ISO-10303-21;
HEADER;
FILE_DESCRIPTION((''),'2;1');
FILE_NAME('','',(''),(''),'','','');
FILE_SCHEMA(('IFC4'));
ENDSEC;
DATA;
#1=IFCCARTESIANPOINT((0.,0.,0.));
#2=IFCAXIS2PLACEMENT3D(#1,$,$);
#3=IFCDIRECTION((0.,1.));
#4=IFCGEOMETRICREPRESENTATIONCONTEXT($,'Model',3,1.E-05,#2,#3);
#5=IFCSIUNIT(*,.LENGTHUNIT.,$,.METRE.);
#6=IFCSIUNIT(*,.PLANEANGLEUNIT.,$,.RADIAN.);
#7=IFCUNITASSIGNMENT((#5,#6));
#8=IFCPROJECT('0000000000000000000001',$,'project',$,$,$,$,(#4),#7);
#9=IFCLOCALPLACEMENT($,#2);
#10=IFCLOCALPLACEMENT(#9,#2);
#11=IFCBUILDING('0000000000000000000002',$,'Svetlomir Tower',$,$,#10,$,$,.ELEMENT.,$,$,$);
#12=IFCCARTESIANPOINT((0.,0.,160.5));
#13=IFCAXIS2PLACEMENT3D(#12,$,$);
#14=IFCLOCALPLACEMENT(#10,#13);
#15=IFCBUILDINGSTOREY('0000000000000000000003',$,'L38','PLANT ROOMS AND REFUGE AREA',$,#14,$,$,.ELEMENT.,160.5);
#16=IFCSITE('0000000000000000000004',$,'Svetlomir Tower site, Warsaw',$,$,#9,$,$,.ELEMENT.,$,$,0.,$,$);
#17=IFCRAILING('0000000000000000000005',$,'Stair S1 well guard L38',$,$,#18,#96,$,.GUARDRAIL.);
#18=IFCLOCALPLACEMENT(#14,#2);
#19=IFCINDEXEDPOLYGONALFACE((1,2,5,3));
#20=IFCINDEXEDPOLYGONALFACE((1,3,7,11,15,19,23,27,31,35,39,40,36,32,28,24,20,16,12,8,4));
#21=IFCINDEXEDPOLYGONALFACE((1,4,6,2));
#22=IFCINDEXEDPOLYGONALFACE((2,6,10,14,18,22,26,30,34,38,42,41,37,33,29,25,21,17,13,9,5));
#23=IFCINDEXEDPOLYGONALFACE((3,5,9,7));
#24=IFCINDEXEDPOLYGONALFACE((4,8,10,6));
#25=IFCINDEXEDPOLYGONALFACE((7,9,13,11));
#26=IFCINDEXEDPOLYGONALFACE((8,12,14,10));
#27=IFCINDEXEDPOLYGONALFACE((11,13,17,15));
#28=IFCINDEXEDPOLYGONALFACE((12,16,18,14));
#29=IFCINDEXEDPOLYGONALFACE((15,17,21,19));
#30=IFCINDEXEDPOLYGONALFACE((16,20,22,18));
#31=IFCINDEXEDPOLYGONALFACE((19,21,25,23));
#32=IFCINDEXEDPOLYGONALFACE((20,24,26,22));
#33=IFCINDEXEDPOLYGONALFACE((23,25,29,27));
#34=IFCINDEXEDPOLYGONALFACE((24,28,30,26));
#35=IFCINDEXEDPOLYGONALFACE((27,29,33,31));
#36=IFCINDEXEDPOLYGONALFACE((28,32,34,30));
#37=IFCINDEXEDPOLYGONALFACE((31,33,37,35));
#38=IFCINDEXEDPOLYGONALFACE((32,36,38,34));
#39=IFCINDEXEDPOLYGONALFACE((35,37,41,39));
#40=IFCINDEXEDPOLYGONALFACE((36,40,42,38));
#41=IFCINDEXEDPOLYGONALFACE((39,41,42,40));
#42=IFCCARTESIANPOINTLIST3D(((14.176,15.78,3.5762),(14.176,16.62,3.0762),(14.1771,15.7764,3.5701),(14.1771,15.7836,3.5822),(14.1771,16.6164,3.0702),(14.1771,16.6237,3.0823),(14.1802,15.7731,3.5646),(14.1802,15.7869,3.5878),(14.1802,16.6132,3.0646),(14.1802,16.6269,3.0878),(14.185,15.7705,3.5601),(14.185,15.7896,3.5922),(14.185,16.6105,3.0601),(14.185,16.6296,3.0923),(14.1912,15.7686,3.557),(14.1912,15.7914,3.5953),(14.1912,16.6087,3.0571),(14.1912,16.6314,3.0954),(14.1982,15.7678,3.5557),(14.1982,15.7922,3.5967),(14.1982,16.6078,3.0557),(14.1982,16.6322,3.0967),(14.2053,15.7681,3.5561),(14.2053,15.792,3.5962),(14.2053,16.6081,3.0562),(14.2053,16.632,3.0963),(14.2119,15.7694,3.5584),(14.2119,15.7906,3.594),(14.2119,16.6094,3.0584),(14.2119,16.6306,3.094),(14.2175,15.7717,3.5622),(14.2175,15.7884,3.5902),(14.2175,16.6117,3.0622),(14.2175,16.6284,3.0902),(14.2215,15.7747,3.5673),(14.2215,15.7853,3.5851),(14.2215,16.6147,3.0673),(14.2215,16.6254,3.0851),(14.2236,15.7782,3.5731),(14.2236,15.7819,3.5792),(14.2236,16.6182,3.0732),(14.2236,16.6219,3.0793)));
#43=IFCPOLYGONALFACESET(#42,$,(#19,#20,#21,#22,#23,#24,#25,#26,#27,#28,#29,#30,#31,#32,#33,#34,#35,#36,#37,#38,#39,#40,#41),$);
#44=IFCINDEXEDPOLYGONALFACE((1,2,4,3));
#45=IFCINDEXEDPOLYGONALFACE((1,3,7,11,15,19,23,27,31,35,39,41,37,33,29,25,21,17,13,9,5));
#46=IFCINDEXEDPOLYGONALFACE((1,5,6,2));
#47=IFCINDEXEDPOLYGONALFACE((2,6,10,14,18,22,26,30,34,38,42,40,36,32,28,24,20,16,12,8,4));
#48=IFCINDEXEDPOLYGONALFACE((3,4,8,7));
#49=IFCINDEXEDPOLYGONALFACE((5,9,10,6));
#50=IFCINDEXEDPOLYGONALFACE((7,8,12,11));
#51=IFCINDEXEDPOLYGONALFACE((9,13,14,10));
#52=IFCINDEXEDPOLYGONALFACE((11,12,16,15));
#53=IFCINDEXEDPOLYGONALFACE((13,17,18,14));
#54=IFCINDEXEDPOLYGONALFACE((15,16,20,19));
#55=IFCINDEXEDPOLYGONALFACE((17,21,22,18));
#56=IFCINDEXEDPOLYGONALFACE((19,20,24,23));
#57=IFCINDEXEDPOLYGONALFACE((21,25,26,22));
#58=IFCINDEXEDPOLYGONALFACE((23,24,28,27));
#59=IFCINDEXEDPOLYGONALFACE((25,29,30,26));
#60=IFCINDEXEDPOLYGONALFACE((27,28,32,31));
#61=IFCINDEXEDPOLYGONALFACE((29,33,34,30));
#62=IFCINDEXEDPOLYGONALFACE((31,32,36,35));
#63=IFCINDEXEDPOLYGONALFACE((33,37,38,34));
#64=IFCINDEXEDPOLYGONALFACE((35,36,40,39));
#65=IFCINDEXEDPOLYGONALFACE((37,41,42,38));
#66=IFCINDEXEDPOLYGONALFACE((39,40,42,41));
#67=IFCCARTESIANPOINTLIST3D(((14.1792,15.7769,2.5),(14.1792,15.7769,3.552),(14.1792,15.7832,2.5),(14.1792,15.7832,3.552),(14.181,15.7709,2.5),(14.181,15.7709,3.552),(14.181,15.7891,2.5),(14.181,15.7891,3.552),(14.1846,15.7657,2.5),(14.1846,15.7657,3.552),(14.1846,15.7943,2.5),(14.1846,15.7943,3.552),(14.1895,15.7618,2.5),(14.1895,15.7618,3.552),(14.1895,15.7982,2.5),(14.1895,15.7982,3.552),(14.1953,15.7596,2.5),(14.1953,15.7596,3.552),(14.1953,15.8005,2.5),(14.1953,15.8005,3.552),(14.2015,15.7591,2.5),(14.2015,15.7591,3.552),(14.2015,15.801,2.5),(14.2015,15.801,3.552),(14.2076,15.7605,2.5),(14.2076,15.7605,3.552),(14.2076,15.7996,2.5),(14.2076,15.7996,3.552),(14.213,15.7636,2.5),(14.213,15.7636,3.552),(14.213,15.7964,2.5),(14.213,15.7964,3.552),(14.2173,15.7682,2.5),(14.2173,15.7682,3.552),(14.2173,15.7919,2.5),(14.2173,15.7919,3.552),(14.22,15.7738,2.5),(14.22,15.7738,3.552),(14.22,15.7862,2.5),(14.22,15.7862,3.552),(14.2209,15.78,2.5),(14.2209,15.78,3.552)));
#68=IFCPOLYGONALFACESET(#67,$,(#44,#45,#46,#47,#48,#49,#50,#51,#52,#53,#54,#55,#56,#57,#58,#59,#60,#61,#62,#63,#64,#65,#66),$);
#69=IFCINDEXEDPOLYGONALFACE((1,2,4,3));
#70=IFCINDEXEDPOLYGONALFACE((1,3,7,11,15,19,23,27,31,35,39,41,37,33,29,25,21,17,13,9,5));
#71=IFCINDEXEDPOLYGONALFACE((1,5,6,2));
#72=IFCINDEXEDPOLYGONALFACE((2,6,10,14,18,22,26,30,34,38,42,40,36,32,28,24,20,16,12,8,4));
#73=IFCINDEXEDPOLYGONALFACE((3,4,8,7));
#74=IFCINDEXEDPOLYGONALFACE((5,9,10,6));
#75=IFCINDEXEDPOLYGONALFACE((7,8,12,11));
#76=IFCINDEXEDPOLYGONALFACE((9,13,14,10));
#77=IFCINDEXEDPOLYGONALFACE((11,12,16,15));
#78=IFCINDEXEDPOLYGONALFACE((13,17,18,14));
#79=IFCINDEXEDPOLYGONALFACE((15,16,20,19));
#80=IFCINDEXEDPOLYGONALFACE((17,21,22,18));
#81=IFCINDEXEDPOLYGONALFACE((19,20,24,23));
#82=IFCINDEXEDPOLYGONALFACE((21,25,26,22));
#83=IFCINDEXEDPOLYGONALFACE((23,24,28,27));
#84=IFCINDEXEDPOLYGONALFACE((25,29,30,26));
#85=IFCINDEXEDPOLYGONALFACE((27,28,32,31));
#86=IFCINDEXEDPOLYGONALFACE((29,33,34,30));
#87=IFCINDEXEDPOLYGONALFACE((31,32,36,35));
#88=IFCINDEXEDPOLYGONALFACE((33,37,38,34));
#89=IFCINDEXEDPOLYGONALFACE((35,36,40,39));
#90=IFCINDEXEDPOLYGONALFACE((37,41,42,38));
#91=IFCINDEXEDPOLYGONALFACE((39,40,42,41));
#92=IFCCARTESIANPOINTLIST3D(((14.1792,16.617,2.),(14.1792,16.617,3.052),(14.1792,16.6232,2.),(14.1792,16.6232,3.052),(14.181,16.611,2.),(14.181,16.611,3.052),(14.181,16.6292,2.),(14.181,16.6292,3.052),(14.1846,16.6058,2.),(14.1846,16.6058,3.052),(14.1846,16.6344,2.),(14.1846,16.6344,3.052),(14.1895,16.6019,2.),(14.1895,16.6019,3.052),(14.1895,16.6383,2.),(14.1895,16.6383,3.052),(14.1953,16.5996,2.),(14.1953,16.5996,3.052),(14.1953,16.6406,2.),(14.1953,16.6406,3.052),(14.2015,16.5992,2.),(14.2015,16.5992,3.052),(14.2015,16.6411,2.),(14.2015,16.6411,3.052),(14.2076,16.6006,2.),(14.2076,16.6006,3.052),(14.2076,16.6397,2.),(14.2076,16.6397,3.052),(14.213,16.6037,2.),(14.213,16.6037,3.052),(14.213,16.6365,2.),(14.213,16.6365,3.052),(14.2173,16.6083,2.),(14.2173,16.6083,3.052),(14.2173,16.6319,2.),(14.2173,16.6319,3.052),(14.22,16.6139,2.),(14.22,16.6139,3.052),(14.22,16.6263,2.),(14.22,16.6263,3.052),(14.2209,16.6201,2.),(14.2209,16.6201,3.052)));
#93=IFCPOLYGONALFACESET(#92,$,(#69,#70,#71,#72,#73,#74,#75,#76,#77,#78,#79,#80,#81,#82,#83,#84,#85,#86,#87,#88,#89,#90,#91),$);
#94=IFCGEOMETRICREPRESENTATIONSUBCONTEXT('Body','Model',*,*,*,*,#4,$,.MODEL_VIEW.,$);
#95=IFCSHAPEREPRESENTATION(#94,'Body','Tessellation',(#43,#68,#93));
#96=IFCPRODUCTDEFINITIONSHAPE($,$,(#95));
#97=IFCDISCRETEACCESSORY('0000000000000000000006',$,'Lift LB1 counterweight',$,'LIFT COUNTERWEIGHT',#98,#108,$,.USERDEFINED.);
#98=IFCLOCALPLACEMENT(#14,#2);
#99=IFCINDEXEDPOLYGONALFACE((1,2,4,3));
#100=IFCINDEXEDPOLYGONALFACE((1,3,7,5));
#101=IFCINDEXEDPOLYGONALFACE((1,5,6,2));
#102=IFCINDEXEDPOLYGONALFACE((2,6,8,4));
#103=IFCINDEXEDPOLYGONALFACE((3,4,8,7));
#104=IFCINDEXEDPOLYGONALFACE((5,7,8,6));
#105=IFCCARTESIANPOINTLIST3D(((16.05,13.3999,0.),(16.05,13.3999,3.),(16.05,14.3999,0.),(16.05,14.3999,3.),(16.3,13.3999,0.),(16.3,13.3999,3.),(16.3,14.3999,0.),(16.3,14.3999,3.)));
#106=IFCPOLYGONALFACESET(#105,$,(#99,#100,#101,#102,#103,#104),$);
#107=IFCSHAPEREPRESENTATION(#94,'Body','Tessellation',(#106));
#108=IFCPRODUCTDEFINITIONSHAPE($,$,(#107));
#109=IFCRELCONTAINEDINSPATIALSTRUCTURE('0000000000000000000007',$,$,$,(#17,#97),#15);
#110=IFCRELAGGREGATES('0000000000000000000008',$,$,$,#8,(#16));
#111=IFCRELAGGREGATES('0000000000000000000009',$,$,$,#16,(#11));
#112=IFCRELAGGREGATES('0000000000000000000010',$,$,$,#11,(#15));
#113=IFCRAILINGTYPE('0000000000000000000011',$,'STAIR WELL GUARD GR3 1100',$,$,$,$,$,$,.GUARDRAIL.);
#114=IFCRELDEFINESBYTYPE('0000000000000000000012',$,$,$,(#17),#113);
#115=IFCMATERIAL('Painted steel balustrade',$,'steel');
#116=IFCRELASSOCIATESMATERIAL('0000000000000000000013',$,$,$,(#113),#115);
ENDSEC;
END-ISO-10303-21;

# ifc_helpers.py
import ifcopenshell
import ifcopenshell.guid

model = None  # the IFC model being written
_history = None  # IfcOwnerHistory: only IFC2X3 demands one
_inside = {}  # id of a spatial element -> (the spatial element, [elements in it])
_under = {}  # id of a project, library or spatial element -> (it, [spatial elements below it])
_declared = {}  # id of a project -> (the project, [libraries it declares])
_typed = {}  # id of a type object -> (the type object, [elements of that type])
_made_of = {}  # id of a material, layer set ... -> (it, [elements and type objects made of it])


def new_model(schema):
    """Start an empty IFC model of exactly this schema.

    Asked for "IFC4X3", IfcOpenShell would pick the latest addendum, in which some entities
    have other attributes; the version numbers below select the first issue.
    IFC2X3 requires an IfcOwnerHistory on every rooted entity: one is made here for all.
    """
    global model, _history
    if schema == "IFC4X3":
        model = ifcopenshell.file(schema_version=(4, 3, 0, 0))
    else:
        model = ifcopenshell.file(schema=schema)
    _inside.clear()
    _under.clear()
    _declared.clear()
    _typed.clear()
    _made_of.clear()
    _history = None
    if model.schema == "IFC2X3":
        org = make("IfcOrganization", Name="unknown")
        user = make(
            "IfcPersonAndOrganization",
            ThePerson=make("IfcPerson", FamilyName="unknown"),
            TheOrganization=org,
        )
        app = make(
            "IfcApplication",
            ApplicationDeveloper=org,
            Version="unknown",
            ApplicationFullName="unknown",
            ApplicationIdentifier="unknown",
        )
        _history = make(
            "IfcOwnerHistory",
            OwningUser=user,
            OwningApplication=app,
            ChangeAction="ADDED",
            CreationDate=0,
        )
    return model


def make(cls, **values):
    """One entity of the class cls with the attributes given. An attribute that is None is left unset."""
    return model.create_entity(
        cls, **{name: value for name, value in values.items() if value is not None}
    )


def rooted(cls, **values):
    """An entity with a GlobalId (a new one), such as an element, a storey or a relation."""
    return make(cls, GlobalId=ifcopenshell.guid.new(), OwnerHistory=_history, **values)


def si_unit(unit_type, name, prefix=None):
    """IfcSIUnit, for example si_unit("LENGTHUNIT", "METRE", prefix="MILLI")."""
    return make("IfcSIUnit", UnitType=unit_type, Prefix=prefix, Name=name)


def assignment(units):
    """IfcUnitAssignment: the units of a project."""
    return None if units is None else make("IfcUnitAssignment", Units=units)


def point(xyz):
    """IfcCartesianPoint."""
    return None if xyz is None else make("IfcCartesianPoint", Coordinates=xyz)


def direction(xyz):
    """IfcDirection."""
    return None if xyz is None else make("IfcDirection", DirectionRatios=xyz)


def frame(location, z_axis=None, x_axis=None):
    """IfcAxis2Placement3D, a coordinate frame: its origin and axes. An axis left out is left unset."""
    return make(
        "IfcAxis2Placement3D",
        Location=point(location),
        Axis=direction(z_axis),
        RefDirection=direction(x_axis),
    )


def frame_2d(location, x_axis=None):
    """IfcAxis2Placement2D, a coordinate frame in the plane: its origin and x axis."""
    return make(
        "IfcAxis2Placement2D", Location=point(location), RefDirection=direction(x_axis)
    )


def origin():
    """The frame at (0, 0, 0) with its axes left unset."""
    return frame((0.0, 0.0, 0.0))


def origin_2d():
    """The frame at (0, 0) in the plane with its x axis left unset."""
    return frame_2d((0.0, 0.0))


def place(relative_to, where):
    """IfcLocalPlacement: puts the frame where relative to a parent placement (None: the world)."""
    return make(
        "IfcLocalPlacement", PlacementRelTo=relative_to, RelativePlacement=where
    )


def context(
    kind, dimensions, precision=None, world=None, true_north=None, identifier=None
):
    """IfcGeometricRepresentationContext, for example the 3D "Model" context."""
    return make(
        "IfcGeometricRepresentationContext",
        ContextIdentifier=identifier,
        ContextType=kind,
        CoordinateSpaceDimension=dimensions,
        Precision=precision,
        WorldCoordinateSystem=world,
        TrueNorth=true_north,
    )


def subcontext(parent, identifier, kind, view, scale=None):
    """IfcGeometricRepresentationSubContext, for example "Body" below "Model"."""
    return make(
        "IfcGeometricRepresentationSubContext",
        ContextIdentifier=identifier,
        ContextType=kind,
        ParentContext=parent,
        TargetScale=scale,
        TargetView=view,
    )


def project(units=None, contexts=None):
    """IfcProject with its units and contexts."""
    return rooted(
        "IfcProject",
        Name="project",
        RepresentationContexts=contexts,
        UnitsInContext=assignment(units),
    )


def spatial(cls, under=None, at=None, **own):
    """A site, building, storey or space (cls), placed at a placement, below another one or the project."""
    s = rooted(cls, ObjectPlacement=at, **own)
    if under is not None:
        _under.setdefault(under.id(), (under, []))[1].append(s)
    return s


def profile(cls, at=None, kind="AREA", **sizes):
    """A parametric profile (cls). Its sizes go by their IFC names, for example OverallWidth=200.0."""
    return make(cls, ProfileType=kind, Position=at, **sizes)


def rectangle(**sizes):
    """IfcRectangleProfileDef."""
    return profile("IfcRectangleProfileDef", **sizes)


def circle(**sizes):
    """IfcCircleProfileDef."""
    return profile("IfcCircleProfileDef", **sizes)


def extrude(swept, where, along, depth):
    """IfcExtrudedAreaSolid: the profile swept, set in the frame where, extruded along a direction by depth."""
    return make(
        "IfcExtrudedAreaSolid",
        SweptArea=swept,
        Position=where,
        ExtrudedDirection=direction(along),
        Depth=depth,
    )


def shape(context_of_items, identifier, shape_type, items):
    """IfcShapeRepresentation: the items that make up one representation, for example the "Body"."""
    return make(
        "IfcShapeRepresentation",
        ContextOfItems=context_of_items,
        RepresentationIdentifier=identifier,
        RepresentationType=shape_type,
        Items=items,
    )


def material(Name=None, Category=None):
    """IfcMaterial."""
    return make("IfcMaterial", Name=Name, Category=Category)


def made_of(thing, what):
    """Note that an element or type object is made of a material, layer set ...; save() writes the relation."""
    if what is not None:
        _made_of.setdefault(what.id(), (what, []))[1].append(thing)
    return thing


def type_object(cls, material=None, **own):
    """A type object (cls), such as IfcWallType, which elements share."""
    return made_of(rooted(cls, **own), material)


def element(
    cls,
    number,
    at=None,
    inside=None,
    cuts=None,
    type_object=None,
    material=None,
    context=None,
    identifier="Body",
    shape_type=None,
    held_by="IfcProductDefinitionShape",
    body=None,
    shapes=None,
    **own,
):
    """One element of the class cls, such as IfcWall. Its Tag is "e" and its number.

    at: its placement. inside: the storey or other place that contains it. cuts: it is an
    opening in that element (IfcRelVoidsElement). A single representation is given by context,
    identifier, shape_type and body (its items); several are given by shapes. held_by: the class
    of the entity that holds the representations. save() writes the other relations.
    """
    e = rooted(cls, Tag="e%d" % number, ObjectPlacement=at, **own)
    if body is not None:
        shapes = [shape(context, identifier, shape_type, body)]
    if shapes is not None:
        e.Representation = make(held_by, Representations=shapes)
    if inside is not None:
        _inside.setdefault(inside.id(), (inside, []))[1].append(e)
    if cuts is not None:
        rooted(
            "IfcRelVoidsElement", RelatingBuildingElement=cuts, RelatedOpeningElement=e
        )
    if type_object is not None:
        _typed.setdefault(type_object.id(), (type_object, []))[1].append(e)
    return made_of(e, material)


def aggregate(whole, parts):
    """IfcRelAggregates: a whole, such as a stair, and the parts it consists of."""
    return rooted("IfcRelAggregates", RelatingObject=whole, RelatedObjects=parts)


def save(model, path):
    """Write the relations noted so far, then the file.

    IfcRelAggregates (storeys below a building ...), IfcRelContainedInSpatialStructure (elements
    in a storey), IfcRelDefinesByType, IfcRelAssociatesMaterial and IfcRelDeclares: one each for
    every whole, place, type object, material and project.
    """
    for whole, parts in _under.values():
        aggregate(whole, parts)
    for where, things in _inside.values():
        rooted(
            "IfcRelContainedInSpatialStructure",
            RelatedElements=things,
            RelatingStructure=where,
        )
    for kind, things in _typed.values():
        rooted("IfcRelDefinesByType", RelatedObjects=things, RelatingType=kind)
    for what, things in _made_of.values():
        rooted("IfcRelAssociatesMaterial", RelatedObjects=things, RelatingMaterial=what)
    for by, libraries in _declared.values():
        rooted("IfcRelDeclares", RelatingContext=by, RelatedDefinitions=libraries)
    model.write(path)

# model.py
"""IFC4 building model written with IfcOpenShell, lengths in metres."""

from ifc_helpers import new_model, si_unit, direction, frame, origin, origin_2d, place, context, subcontext, project, spatial, rectangle, circle, extrude, material, type_object, element, save


model = new_model("IFC4")

# Units and contexts
model_context = context("Model", 3, precision=1e-05, world=origin(), true_north=direction((0.0, 1.0)))
body_context = subcontext(model_context, "Body", "Model", "MODEL_VIEW")
ifc_project = project(units=[si_unit("LENGTHUNIT", "METRE"), si_unit("PLANEANGLEUNIT", "RADIAN")], contexts=[model_context])

# Site, building, storey
site_placement = place(None, origin())
site = spatial("IfcSite", under=ifc_project, at=site_placement, Name="Svetlomir Tower site, Warsaw", CompositionType="ELEMENT", RefElevation=0.0)
building_placement = place(site_placement, origin())
building = spatial("IfcBuilding", under=site, at=building_placement, Name="Svetlomir Tower", CompositionType="ELEMENT")
storey_placement = place(building_placement, frame((0.0, 0.0, 160.5)))
storey = spatial("IfcBuildingStorey", under=building, at=storey_placement, Name="L38", Description="PLANT ROOMS AND REFUGE AREA", CompositionType="ELEMENT", Elevation=160.5)

# Railing
ifc_material_1 = material(Name="Painted steel balustrade", Category="steel")
railing_type_1 = type_object("IfcRailingType", Name="STAIR WELL GUARD GR3 1100", PredefinedType="GUARDRAIL", material=ifc_material_1)
railing_1_placement = place(storey_placement, frame((14.2, 15.78, 2.5)))
element("IfcRailing", 1, at=railing_1_placement, inside=storey, type_object=railing_type_1, Name="Stair S1 well guard L38", PredefinedType="GUARDRAIL", context=body_context, shape_type="SweptSolid", body=[
    extrude(circle(Radius=0.0239, at=origin_2d()), frame((0.0, 0.0, 1.0762), z_axis=(0.0, 0.859316, -0.511444), x_axis=(-1.0, 0.0, 0.0)), (0.0, 0.0, 1.0), 0.9775),
    extrude(circle(Radius=0.021, at=origin_2d()), origin(), (0.0, 0.0, 1.0), 1.052),
    extrude(circle(Radius=0.021, at=origin_2d()), frame((0.0, 0.8401, -0.5)), (0.0, 0.0, 1.0), 1.052),
])

# Discrete accessory
discrete_accessory_placement = place(storey_placement, frame((16.175, 13.8999, 0.0), z_axis=(0.0, 0.0, 1.0), x_axis=(1.0, 0.0, 0.0)))
element("IfcDiscreteAccessory", 2, at=discrete_accessory_placement, inside=storey, Name="Lift LB1 counterweight", ObjectType="LIFT COUNTERWEIGHT", PredefinedType="USERDEFINED", context=body_context, shape_type="SweptSolid", body=[
    extrude(rectangle(XDim=0.25, YDim=1.0, at=origin_2d()), origin(), (0.0, 0.0, 1.0), 3.0),
])

save(model, "model.ifc")
